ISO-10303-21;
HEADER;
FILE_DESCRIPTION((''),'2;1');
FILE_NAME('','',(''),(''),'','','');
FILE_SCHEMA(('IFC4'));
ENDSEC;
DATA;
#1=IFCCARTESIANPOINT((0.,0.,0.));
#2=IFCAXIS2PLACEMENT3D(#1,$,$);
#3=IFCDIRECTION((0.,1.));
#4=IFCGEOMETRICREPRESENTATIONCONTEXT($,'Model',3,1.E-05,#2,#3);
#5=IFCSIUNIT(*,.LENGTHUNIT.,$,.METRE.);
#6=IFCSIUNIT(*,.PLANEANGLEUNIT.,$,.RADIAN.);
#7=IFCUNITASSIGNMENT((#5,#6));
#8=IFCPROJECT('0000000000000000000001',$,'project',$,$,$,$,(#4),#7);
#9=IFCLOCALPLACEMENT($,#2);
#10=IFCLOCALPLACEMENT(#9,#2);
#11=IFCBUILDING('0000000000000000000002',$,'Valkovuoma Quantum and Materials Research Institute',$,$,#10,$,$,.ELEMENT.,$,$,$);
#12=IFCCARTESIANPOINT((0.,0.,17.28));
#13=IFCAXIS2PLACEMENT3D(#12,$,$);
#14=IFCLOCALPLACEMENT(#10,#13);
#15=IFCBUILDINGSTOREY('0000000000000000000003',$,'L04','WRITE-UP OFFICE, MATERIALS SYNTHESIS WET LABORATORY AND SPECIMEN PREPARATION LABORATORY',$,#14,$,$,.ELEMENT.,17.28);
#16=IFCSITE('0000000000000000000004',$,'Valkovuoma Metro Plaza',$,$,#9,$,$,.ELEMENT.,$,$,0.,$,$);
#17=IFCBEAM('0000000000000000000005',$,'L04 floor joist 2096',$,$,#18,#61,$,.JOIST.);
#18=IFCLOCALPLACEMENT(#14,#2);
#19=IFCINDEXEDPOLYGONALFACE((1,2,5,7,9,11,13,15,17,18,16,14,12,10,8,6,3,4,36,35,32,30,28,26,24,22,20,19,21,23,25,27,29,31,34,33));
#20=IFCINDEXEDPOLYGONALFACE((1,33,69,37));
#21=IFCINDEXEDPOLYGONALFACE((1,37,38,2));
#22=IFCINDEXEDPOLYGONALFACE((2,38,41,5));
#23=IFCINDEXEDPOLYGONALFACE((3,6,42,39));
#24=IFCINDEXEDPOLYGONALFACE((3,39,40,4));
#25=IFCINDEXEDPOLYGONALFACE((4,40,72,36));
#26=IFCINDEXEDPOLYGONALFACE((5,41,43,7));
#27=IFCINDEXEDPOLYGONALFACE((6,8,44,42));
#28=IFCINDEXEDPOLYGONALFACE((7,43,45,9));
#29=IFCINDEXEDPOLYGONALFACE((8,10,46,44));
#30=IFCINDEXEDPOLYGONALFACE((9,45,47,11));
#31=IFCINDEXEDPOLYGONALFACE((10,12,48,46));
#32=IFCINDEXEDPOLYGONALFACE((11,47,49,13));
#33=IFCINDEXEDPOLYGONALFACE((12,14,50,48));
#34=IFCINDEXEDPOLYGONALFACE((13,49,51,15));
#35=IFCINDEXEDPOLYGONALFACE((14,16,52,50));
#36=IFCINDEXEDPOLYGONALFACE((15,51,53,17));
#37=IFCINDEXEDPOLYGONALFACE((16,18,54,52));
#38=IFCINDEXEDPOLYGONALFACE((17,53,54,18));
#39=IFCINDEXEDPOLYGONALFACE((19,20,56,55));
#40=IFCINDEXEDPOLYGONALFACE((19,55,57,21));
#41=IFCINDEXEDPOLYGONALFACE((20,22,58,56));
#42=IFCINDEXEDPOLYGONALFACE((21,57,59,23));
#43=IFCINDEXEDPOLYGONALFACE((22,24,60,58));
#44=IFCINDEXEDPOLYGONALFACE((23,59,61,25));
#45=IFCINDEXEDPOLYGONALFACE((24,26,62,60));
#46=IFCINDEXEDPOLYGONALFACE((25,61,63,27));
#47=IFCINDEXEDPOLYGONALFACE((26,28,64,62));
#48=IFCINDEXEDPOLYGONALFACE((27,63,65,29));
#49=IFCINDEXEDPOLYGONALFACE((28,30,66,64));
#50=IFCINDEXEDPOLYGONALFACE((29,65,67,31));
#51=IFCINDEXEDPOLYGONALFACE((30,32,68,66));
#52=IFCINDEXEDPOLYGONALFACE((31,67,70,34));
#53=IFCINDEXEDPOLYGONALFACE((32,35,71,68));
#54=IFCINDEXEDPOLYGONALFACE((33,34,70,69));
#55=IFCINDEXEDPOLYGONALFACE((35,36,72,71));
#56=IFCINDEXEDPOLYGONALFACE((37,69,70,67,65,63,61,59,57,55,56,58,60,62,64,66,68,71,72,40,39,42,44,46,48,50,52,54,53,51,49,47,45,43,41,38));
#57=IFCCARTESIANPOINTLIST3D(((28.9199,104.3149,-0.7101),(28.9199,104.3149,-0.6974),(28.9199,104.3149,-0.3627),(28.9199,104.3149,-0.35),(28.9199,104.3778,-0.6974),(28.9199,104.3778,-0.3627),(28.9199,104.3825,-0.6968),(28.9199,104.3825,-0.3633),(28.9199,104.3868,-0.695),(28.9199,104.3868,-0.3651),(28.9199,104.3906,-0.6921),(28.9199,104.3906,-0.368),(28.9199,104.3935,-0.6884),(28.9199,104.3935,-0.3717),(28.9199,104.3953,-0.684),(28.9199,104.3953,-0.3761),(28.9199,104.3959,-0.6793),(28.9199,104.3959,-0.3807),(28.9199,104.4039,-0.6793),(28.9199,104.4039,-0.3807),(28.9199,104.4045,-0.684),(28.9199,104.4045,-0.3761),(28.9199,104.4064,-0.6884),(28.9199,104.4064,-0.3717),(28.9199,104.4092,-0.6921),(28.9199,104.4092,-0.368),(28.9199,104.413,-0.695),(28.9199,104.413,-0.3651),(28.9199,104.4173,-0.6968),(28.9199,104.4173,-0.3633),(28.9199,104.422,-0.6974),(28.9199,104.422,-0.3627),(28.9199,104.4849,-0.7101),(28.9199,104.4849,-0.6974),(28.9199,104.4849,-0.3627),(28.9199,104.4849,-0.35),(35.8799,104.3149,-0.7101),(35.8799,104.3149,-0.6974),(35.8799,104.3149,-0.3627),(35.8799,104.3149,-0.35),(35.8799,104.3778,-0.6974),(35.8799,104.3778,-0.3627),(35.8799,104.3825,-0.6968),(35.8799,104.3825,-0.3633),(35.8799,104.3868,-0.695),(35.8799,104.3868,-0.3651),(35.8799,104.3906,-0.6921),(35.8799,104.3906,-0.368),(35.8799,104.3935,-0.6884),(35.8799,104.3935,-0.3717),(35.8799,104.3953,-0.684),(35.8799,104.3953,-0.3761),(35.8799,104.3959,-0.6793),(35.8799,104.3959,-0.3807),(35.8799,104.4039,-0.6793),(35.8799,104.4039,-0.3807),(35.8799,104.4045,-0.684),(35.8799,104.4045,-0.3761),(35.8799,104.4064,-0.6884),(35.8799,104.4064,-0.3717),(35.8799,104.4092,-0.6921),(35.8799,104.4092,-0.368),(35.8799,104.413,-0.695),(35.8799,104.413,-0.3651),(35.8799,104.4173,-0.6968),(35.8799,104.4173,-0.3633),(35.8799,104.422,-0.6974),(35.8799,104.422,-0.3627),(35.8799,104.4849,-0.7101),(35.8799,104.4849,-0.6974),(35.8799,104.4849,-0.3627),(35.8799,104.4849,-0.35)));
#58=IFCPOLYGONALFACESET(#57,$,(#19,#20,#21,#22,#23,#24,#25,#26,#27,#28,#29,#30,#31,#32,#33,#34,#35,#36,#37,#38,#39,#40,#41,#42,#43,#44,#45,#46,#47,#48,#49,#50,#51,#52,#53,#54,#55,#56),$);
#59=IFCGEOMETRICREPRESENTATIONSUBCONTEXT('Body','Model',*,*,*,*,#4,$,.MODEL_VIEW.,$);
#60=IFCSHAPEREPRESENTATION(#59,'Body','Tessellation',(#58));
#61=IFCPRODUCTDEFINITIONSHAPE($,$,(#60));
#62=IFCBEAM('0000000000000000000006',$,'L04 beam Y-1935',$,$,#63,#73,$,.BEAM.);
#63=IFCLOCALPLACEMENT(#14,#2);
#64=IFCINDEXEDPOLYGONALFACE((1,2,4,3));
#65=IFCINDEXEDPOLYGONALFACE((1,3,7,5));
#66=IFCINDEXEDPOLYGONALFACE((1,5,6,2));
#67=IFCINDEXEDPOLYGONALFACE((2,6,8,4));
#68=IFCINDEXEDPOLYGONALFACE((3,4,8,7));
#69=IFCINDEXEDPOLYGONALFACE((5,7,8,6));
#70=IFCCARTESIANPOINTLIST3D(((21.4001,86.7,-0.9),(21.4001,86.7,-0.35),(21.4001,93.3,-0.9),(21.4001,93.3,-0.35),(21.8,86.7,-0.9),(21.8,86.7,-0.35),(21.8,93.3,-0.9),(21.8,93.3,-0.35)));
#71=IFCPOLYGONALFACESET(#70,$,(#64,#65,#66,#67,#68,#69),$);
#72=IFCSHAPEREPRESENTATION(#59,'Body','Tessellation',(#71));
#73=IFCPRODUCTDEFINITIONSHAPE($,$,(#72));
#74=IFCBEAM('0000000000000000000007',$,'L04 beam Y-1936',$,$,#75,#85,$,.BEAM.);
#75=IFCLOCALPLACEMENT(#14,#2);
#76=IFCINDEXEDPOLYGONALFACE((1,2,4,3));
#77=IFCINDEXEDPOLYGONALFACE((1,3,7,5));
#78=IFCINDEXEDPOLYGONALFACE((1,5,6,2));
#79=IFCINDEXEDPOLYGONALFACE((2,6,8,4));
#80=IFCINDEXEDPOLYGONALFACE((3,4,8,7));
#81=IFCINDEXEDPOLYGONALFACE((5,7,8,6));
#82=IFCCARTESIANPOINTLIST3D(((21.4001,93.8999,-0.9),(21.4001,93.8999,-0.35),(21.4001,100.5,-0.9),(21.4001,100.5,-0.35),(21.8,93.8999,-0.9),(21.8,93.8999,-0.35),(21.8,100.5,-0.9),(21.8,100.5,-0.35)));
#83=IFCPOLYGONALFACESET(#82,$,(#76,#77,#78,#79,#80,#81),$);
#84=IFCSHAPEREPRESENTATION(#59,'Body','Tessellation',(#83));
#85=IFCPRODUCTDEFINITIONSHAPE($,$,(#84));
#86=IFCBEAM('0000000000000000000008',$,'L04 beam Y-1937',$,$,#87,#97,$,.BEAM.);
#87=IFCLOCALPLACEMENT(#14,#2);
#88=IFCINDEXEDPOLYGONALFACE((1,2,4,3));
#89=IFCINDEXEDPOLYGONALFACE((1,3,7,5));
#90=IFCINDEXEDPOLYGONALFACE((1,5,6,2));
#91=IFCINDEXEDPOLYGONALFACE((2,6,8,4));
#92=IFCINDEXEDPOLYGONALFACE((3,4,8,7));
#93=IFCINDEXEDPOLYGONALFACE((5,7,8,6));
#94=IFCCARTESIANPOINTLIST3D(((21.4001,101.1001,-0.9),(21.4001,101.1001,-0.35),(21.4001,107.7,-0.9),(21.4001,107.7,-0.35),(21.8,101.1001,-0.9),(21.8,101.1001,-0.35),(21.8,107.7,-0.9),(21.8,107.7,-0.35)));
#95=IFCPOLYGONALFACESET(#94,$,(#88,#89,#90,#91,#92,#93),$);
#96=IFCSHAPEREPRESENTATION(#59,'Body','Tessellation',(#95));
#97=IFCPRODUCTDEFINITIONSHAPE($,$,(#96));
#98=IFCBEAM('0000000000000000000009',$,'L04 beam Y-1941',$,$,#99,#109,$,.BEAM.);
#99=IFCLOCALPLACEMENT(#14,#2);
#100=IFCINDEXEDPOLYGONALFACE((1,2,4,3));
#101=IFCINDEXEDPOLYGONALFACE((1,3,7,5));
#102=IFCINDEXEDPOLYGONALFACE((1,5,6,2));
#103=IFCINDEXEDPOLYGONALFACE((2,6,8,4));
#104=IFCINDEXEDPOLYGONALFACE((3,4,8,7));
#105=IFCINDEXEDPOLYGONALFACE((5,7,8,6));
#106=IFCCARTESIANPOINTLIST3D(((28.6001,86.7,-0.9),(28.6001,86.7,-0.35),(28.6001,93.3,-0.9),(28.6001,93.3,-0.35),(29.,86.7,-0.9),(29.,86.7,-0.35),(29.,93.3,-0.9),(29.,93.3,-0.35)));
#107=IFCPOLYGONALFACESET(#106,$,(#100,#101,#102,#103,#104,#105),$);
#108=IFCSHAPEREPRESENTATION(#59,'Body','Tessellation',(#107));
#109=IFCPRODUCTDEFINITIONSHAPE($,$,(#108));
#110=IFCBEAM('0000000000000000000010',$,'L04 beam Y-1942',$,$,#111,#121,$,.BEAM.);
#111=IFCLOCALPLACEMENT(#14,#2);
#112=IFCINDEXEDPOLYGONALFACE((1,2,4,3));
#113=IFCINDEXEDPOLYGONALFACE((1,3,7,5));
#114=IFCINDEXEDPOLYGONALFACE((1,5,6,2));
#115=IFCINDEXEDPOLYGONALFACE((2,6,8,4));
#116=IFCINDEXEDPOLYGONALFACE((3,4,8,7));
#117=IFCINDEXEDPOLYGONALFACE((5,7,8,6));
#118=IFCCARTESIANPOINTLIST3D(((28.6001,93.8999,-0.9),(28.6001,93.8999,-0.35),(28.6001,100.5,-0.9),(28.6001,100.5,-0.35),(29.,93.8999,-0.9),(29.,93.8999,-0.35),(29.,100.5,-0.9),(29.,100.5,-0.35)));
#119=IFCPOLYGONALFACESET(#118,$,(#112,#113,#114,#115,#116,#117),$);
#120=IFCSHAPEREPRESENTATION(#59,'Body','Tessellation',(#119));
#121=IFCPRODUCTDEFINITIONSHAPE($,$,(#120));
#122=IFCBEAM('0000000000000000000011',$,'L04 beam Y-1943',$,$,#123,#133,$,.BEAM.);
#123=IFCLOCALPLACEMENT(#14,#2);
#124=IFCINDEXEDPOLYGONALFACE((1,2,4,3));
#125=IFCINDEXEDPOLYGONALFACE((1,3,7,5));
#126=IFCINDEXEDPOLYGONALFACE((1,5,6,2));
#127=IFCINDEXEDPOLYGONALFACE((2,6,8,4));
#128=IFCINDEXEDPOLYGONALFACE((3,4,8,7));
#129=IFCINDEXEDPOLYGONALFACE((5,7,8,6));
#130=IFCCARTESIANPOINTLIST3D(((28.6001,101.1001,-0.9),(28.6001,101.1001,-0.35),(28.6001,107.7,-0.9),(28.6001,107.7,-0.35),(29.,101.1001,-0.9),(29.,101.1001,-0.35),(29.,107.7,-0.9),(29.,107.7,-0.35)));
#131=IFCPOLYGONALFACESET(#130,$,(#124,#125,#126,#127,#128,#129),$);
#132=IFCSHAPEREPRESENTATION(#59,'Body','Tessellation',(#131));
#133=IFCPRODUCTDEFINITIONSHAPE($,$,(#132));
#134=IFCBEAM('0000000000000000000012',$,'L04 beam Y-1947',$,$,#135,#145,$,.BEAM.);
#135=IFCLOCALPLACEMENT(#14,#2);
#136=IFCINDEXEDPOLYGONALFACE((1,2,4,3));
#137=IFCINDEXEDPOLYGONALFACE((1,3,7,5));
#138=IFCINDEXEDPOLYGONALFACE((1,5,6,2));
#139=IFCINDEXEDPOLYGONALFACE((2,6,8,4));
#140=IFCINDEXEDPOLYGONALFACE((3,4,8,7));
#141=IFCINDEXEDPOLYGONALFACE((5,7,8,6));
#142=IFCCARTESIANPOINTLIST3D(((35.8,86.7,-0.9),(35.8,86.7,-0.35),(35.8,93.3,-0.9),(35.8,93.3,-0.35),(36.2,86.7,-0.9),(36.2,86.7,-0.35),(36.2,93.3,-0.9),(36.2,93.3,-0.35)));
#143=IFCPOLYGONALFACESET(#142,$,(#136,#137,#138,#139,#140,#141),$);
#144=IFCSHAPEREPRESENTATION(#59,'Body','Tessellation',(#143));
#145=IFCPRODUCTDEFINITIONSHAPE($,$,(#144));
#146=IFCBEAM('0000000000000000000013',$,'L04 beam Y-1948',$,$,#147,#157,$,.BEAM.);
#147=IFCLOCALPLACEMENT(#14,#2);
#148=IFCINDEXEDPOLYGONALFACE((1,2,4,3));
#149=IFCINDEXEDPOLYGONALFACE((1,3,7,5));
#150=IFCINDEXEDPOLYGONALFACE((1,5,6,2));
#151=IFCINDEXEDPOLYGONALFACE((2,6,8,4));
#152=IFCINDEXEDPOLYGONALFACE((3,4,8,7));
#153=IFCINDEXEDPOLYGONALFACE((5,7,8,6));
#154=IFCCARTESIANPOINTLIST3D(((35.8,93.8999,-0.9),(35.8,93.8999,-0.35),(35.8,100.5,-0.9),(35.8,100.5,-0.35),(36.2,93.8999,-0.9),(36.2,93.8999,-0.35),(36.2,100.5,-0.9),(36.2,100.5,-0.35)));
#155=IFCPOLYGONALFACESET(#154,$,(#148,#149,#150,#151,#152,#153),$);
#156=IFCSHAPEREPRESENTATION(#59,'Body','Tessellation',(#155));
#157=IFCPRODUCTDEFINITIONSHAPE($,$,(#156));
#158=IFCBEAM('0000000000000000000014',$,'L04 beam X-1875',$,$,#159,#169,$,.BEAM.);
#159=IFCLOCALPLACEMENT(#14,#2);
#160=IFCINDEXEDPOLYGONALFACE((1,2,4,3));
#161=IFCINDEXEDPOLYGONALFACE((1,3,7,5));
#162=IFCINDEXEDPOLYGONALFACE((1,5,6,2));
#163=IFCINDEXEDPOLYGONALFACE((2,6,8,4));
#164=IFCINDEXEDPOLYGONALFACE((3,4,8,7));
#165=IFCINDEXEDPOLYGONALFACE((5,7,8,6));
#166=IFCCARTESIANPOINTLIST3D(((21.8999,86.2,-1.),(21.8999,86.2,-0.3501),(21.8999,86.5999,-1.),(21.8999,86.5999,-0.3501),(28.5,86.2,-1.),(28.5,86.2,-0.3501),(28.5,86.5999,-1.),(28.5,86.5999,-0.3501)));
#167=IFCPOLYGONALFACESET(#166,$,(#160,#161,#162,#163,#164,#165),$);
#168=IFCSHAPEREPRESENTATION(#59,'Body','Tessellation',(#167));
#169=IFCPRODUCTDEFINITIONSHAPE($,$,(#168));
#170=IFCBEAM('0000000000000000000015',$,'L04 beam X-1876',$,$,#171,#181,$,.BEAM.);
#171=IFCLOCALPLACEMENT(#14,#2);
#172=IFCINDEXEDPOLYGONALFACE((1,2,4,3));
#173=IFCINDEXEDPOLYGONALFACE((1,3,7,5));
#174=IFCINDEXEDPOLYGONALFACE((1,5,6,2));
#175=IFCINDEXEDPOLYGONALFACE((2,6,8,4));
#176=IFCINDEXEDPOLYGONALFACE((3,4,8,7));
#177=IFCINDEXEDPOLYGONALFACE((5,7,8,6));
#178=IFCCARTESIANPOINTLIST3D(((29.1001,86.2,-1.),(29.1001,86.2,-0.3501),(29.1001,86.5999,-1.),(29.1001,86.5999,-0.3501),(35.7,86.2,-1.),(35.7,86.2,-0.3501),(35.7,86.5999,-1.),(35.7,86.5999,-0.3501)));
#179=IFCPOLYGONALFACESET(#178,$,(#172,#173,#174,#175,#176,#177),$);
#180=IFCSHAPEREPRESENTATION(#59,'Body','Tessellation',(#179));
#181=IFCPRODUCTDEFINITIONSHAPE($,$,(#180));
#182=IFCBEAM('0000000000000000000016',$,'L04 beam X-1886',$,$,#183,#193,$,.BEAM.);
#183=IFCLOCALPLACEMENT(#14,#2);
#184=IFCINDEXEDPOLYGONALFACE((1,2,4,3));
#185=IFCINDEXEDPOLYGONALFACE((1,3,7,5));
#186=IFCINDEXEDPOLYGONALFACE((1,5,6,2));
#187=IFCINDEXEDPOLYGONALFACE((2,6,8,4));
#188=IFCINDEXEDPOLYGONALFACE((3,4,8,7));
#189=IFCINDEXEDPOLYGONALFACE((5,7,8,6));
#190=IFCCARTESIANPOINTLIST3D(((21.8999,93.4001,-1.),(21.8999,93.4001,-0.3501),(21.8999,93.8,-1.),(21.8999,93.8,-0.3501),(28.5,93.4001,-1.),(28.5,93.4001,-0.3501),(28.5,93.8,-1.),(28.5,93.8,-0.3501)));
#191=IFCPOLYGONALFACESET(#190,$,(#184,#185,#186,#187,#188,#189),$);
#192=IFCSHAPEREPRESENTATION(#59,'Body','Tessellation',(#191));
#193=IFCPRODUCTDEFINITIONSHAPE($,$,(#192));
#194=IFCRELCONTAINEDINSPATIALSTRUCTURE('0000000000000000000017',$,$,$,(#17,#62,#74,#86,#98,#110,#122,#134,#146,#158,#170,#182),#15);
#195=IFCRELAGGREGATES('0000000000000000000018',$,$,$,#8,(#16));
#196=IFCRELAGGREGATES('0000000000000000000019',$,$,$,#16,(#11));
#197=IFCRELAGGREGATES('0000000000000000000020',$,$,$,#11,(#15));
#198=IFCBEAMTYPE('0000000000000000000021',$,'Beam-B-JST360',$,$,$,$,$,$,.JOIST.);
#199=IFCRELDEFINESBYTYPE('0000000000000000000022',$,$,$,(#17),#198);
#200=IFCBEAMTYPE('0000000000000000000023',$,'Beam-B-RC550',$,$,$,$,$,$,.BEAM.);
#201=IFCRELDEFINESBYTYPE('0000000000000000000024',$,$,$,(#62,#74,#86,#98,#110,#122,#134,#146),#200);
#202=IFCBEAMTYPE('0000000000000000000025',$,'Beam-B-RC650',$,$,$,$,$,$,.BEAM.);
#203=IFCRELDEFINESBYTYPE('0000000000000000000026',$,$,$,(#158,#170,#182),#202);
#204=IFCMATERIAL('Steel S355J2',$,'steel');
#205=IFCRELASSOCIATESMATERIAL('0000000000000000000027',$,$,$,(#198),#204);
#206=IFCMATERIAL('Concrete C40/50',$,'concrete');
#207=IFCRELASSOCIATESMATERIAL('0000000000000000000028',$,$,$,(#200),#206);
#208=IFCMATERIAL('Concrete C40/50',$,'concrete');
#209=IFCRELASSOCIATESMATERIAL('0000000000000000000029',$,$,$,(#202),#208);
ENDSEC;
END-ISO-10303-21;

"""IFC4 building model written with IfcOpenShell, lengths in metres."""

from ifc_helpers import new_model, si_unit, direction, frame, origin, origin_2d, place, context, subcontext, project, spatial, rectangle, i_section, extrude, material, material_profile, profile_set, type_object, element, save


model = new_model("IFC4")

# Units and contexts
model_context = context("Model", 3, precision=1e-05, world=origin(), true_north=direction((0.0, 1.0)))
body_context = subcontext(model_context, "Body", "Model", "MODEL_VIEW")
ifc_project = project(units=[si_unit("LENGTHUNIT", "METRE"), si_unit("PLANEANGLEUNIT", "RADIAN")], contexts=[model_context])

# Site, building, storey
site_placement = place(None, origin())
site = spatial("IfcSite", under=ifc_project, at=site_placement, Name="Valkovuoma Metro Plaza", CompositionType="ELEMENT", RefElevation=0.0)
building_placement = place(site_placement, origin())
building = spatial("IfcBuilding", under=site, at=building_placement, Name="Valkovuoma Quantum and Materials Research Institute", CompositionType="ELEMENT")
storey_placement = place(building_placement, frame((0.0, 0.0, 17.28)))
storey = spatial("IfcBuildingStorey", under=building, at=storey_placement, Name="L04", Description="WRITE-UP OFFICE, MATERIALS SYNTHESIS WET LABORATORY AND SPECIMEN PREPARATION LABORATORY", CompositionType="ELEMENT", Elevation=17.28)

# Beams
ifc_material_1 = material(Name="Steel S355J2", Category="steel")
ifc_material_profile_1 = material_profile(ifc_material_1, i_section(OverallWidth=0.1699, OverallDepth=0.3601, WebThickness=0.0081, FlangeThickness=0.0127, FilletRadius=0.0181, at=origin_2d()), Name="Steel S355J2")
ifc_profile_set_1 = profile_set([ifc_material_profile_1], Name="Steel S355J2")
beam_type_1 = type_object("IfcBeamType", Name="Beam-B-JST360", PredefinedType="JOIST", material=ifc_profile_set_1)
for number, where, z_axis, x_axis, name in (
    (1, (28.9199, 104.3999, -0.53), (1.0, 0.0, 0.0), (0.0, 1.0, 0.0), "L04 floor joist 2096"),
):
    element("IfcBeam", number, at=place(storey_placement, frame(where, z_axis=z_axis, x_axis=x_axis)), inside=storey, type_object=beam_type_1, Name=name, PredefinedType="JOIST", context=body_context, shape_type="SweptSolid", body=[
        extrude(i_section(OverallWidth=0.1699, OverallDepth=0.3601, WebThickness=0.0081, FlangeThickness=0.0127, FilletRadius=0.0181, at=origin_2d()), origin(), (0.0, 0.0, 1.0), 6.96),
    ])
ifc_material_2 = material(Name="Concrete C40/50", Category="concrete")
ifc_material_profile_2 = material_profile(ifc_material_2, rectangle(XDim=0.3999, YDim=0.55, at=origin_2d()), Name="Concrete C40/50")
ifc_profile_set_2 = profile_set([ifc_material_profile_2], Name="Concrete C40/50")
beam_type_2 = type_object("IfcBeamType", Name="Beam-B-RC550", PredefinedType="BEAM", material=ifc_profile_set_2)
for number, where, z_axis, x_axis, name in (
    (2, (21.6001, 86.7, -0.625), (0.0, 1.0, 0.0), (-1.0, 0.0, 0.0), "L04 beam Y-1935"),
    (3, (21.6001, 93.8999, -0.625), (0.0, 1.0, 0.0), (-1.0, 0.0, 0.0), "L04 beam Y-1936"),
):
    element("IfcBeam", number, at=place(storey_placement, frame(where, z_axis=z_axis, x_axis=x_axis)), inside=storey, type_object=beam_type_2, Name=name, PredefinedType="BEAM", context=body_context, shape_type="SweptSolid", body=[
        extrude(rectangle(XDim=0.3999, YDim=0.55, at=origin_2d()), origin(), (0.0, 0.0, 1.0), 6.6001),
    ])
beam_1_placement = place(storey_placement, frame((21.6001, 101.1001, -0.625), z_axis=(0.0, 1.0, 0.0), x_axis=(-1.0, 0.0, 0.0)))
element("IfcBeam", 4, at=beam_1_placement, inside=storey, type_object=beam_type_2, Name="L04 beam Y-1937", PredefinedType="BEAM", context=body_context, shape_type="SweptSolid", body=[
    extrude(rectangle(XDim=0.3999, YDim=0.55, at=origin_2d()), origin(), (0.0, 0.0, 1.0), 6.5999),
])
for number, where, z_axis, x_axis, name in (
    (5, (28.8, 86.7, -0.625), (0.0, 1.0, 0.0), (-1.0, 0.0, 0.0), "L04 beam Y-1941"),
    (6, (28.8, 93.8999, -0.625), (0.0, 1.0, 0.0), (-1.0, 0.0, 0.0), "L04 beam Y-1942"),
):
    element("IfcBeam", number, at=place(storey_placement, frame(where, z_axis=z_axis, x_axis=x_axis)), inside=storey, type_object=beam_type_2, Name=name, PredefinedType="BEAM", context=body_context, shape_type="SweptSolid", body=[
        extrude(rectangle(XDim=0.3999, YDim=0.55, at=origin_2d()), origin(), (0.0, 0.0, 1.0), 6.6001),
    ])
beam_2_placement = place(storey_placement, frame((28.8, 101.1001, -0.625), z_axis=(0.0, 1.0, 0.0), x_axis=(-1.0, 0.0, 0.0)))
element("IfcBeam", 7, at=beam_2_placement, inside=storey, type_object=beam_type_2, Name="L04 beam Y-1943", PredefinedType="BEAM", context=body_context, shape_type="SweptSolid", body=[
    extrude(rectangle(XDim=0.3999, YDim=0.55, at=origin_2d()), origin(), (0.0, 0.0, 1.0), 6.5999),
])
for number, where, z_axis, x_axis, name in (
    (8, (36.0, 86.7, -0.625), (0.0, 1.0, 0.0), (-1.0, 0.0, 0.0), "L04 beam Y-1947"),
    (9, (36.0, 93.8999, -0.625), (0.0, 1.0, 0.0), (-1.0, 0.0, 0.0), "L04 beam Y-1948"),
):
    element("IfcBeam", number, at=place(storey_placement, frame(where, z_axis=z_axis, x_axis=x_axis)), inside=storey, type_object=beam_type_2, Name=name, PredefinedType="BEAM", context=body_context, shape_type="SweptSolid", body=[
        extrude(rectangle(XDim=0.3999, YDim=0.55, at=origin_2d()), origin(), (0.0, 0.0, 1.0), 6.6001),
    ])
ifc_material_3 = material(Name="Concrete C40/50", Category="concrete")
ifc_material_profile_3 = material_profile(ifc_material_3, rectangle(XDim=0.3999, YDim=0.6499, at=origin_2d()), Name="Concrete C40/50")
ifc_profile_set_3 = profile_set([ifc_material_profile_3], Name="Concrete C40/50")
beam_type_3 = type_object("IfcBeamType", Name="Beam-B-RC650", PredefinedType="BEAM", material=ifc_profile_set_3)
beam_3_placement = place(storey_placement, frame((21.8999, 86.3999, -0.675), z_axis=(1.0, 0.0, 0.0), x_axis=(0.0, 1.0, 0.0)))
element("IfcBeam", 10, at=beam_3_placement, inside=storey, type_object=beam_type_3, Name="L04 beam X-1875", PredefinedType="BEAM", context=body_context, shape_type="SweptSolid", body=[
    extrude(rectangle(XDim=0.3999, YDim=0.6499, at=origin_2d()), origin(), (0.0, 0.0, 1.0), 6.6001),
])
beam_4_placement = place(storey_placement, frame((29.1001, 86.3999, -0.675), z_axis=(1.0, 0.0, 0.0), x_axis=(0.0, 1.0, 0.0)))
element("IfcBeam", 11, at=beam_4_placement, inside=storey, type_object=beam_type_3, Name="L04 beam X-1876", PredefinedType="BEAM", context=body_context, shape_type="SweptSolid", body=[
    extrude(rectangle(XDim=0.3999, YDim=0.6499, at=origin_2d()), origin(), (0.0, 0.0, 1.0), 6.5999),
])
beam_5_placement = place(storey_placement, frame((21.8999, 93.6001, -0.675), z_axis=(1.0, 0.0, 0.0), x_axis=(0.0, 1.0, 0.0)))
element("IfcBeam", 12, at=beam_5_placement, inside=storey, type_object=beam_type_3, Name="L04 beam X-1886", PredefinedType="BEAM", context=body_context, shape_type="SweptSolid", body=[
    extrude(rectangle(XDim=0.3999, YDim=0.6499, at=origin_2d()), origin(), (0.0, 0.0, 1.0), 6.6001),
])

save(model, "model.ifc")
